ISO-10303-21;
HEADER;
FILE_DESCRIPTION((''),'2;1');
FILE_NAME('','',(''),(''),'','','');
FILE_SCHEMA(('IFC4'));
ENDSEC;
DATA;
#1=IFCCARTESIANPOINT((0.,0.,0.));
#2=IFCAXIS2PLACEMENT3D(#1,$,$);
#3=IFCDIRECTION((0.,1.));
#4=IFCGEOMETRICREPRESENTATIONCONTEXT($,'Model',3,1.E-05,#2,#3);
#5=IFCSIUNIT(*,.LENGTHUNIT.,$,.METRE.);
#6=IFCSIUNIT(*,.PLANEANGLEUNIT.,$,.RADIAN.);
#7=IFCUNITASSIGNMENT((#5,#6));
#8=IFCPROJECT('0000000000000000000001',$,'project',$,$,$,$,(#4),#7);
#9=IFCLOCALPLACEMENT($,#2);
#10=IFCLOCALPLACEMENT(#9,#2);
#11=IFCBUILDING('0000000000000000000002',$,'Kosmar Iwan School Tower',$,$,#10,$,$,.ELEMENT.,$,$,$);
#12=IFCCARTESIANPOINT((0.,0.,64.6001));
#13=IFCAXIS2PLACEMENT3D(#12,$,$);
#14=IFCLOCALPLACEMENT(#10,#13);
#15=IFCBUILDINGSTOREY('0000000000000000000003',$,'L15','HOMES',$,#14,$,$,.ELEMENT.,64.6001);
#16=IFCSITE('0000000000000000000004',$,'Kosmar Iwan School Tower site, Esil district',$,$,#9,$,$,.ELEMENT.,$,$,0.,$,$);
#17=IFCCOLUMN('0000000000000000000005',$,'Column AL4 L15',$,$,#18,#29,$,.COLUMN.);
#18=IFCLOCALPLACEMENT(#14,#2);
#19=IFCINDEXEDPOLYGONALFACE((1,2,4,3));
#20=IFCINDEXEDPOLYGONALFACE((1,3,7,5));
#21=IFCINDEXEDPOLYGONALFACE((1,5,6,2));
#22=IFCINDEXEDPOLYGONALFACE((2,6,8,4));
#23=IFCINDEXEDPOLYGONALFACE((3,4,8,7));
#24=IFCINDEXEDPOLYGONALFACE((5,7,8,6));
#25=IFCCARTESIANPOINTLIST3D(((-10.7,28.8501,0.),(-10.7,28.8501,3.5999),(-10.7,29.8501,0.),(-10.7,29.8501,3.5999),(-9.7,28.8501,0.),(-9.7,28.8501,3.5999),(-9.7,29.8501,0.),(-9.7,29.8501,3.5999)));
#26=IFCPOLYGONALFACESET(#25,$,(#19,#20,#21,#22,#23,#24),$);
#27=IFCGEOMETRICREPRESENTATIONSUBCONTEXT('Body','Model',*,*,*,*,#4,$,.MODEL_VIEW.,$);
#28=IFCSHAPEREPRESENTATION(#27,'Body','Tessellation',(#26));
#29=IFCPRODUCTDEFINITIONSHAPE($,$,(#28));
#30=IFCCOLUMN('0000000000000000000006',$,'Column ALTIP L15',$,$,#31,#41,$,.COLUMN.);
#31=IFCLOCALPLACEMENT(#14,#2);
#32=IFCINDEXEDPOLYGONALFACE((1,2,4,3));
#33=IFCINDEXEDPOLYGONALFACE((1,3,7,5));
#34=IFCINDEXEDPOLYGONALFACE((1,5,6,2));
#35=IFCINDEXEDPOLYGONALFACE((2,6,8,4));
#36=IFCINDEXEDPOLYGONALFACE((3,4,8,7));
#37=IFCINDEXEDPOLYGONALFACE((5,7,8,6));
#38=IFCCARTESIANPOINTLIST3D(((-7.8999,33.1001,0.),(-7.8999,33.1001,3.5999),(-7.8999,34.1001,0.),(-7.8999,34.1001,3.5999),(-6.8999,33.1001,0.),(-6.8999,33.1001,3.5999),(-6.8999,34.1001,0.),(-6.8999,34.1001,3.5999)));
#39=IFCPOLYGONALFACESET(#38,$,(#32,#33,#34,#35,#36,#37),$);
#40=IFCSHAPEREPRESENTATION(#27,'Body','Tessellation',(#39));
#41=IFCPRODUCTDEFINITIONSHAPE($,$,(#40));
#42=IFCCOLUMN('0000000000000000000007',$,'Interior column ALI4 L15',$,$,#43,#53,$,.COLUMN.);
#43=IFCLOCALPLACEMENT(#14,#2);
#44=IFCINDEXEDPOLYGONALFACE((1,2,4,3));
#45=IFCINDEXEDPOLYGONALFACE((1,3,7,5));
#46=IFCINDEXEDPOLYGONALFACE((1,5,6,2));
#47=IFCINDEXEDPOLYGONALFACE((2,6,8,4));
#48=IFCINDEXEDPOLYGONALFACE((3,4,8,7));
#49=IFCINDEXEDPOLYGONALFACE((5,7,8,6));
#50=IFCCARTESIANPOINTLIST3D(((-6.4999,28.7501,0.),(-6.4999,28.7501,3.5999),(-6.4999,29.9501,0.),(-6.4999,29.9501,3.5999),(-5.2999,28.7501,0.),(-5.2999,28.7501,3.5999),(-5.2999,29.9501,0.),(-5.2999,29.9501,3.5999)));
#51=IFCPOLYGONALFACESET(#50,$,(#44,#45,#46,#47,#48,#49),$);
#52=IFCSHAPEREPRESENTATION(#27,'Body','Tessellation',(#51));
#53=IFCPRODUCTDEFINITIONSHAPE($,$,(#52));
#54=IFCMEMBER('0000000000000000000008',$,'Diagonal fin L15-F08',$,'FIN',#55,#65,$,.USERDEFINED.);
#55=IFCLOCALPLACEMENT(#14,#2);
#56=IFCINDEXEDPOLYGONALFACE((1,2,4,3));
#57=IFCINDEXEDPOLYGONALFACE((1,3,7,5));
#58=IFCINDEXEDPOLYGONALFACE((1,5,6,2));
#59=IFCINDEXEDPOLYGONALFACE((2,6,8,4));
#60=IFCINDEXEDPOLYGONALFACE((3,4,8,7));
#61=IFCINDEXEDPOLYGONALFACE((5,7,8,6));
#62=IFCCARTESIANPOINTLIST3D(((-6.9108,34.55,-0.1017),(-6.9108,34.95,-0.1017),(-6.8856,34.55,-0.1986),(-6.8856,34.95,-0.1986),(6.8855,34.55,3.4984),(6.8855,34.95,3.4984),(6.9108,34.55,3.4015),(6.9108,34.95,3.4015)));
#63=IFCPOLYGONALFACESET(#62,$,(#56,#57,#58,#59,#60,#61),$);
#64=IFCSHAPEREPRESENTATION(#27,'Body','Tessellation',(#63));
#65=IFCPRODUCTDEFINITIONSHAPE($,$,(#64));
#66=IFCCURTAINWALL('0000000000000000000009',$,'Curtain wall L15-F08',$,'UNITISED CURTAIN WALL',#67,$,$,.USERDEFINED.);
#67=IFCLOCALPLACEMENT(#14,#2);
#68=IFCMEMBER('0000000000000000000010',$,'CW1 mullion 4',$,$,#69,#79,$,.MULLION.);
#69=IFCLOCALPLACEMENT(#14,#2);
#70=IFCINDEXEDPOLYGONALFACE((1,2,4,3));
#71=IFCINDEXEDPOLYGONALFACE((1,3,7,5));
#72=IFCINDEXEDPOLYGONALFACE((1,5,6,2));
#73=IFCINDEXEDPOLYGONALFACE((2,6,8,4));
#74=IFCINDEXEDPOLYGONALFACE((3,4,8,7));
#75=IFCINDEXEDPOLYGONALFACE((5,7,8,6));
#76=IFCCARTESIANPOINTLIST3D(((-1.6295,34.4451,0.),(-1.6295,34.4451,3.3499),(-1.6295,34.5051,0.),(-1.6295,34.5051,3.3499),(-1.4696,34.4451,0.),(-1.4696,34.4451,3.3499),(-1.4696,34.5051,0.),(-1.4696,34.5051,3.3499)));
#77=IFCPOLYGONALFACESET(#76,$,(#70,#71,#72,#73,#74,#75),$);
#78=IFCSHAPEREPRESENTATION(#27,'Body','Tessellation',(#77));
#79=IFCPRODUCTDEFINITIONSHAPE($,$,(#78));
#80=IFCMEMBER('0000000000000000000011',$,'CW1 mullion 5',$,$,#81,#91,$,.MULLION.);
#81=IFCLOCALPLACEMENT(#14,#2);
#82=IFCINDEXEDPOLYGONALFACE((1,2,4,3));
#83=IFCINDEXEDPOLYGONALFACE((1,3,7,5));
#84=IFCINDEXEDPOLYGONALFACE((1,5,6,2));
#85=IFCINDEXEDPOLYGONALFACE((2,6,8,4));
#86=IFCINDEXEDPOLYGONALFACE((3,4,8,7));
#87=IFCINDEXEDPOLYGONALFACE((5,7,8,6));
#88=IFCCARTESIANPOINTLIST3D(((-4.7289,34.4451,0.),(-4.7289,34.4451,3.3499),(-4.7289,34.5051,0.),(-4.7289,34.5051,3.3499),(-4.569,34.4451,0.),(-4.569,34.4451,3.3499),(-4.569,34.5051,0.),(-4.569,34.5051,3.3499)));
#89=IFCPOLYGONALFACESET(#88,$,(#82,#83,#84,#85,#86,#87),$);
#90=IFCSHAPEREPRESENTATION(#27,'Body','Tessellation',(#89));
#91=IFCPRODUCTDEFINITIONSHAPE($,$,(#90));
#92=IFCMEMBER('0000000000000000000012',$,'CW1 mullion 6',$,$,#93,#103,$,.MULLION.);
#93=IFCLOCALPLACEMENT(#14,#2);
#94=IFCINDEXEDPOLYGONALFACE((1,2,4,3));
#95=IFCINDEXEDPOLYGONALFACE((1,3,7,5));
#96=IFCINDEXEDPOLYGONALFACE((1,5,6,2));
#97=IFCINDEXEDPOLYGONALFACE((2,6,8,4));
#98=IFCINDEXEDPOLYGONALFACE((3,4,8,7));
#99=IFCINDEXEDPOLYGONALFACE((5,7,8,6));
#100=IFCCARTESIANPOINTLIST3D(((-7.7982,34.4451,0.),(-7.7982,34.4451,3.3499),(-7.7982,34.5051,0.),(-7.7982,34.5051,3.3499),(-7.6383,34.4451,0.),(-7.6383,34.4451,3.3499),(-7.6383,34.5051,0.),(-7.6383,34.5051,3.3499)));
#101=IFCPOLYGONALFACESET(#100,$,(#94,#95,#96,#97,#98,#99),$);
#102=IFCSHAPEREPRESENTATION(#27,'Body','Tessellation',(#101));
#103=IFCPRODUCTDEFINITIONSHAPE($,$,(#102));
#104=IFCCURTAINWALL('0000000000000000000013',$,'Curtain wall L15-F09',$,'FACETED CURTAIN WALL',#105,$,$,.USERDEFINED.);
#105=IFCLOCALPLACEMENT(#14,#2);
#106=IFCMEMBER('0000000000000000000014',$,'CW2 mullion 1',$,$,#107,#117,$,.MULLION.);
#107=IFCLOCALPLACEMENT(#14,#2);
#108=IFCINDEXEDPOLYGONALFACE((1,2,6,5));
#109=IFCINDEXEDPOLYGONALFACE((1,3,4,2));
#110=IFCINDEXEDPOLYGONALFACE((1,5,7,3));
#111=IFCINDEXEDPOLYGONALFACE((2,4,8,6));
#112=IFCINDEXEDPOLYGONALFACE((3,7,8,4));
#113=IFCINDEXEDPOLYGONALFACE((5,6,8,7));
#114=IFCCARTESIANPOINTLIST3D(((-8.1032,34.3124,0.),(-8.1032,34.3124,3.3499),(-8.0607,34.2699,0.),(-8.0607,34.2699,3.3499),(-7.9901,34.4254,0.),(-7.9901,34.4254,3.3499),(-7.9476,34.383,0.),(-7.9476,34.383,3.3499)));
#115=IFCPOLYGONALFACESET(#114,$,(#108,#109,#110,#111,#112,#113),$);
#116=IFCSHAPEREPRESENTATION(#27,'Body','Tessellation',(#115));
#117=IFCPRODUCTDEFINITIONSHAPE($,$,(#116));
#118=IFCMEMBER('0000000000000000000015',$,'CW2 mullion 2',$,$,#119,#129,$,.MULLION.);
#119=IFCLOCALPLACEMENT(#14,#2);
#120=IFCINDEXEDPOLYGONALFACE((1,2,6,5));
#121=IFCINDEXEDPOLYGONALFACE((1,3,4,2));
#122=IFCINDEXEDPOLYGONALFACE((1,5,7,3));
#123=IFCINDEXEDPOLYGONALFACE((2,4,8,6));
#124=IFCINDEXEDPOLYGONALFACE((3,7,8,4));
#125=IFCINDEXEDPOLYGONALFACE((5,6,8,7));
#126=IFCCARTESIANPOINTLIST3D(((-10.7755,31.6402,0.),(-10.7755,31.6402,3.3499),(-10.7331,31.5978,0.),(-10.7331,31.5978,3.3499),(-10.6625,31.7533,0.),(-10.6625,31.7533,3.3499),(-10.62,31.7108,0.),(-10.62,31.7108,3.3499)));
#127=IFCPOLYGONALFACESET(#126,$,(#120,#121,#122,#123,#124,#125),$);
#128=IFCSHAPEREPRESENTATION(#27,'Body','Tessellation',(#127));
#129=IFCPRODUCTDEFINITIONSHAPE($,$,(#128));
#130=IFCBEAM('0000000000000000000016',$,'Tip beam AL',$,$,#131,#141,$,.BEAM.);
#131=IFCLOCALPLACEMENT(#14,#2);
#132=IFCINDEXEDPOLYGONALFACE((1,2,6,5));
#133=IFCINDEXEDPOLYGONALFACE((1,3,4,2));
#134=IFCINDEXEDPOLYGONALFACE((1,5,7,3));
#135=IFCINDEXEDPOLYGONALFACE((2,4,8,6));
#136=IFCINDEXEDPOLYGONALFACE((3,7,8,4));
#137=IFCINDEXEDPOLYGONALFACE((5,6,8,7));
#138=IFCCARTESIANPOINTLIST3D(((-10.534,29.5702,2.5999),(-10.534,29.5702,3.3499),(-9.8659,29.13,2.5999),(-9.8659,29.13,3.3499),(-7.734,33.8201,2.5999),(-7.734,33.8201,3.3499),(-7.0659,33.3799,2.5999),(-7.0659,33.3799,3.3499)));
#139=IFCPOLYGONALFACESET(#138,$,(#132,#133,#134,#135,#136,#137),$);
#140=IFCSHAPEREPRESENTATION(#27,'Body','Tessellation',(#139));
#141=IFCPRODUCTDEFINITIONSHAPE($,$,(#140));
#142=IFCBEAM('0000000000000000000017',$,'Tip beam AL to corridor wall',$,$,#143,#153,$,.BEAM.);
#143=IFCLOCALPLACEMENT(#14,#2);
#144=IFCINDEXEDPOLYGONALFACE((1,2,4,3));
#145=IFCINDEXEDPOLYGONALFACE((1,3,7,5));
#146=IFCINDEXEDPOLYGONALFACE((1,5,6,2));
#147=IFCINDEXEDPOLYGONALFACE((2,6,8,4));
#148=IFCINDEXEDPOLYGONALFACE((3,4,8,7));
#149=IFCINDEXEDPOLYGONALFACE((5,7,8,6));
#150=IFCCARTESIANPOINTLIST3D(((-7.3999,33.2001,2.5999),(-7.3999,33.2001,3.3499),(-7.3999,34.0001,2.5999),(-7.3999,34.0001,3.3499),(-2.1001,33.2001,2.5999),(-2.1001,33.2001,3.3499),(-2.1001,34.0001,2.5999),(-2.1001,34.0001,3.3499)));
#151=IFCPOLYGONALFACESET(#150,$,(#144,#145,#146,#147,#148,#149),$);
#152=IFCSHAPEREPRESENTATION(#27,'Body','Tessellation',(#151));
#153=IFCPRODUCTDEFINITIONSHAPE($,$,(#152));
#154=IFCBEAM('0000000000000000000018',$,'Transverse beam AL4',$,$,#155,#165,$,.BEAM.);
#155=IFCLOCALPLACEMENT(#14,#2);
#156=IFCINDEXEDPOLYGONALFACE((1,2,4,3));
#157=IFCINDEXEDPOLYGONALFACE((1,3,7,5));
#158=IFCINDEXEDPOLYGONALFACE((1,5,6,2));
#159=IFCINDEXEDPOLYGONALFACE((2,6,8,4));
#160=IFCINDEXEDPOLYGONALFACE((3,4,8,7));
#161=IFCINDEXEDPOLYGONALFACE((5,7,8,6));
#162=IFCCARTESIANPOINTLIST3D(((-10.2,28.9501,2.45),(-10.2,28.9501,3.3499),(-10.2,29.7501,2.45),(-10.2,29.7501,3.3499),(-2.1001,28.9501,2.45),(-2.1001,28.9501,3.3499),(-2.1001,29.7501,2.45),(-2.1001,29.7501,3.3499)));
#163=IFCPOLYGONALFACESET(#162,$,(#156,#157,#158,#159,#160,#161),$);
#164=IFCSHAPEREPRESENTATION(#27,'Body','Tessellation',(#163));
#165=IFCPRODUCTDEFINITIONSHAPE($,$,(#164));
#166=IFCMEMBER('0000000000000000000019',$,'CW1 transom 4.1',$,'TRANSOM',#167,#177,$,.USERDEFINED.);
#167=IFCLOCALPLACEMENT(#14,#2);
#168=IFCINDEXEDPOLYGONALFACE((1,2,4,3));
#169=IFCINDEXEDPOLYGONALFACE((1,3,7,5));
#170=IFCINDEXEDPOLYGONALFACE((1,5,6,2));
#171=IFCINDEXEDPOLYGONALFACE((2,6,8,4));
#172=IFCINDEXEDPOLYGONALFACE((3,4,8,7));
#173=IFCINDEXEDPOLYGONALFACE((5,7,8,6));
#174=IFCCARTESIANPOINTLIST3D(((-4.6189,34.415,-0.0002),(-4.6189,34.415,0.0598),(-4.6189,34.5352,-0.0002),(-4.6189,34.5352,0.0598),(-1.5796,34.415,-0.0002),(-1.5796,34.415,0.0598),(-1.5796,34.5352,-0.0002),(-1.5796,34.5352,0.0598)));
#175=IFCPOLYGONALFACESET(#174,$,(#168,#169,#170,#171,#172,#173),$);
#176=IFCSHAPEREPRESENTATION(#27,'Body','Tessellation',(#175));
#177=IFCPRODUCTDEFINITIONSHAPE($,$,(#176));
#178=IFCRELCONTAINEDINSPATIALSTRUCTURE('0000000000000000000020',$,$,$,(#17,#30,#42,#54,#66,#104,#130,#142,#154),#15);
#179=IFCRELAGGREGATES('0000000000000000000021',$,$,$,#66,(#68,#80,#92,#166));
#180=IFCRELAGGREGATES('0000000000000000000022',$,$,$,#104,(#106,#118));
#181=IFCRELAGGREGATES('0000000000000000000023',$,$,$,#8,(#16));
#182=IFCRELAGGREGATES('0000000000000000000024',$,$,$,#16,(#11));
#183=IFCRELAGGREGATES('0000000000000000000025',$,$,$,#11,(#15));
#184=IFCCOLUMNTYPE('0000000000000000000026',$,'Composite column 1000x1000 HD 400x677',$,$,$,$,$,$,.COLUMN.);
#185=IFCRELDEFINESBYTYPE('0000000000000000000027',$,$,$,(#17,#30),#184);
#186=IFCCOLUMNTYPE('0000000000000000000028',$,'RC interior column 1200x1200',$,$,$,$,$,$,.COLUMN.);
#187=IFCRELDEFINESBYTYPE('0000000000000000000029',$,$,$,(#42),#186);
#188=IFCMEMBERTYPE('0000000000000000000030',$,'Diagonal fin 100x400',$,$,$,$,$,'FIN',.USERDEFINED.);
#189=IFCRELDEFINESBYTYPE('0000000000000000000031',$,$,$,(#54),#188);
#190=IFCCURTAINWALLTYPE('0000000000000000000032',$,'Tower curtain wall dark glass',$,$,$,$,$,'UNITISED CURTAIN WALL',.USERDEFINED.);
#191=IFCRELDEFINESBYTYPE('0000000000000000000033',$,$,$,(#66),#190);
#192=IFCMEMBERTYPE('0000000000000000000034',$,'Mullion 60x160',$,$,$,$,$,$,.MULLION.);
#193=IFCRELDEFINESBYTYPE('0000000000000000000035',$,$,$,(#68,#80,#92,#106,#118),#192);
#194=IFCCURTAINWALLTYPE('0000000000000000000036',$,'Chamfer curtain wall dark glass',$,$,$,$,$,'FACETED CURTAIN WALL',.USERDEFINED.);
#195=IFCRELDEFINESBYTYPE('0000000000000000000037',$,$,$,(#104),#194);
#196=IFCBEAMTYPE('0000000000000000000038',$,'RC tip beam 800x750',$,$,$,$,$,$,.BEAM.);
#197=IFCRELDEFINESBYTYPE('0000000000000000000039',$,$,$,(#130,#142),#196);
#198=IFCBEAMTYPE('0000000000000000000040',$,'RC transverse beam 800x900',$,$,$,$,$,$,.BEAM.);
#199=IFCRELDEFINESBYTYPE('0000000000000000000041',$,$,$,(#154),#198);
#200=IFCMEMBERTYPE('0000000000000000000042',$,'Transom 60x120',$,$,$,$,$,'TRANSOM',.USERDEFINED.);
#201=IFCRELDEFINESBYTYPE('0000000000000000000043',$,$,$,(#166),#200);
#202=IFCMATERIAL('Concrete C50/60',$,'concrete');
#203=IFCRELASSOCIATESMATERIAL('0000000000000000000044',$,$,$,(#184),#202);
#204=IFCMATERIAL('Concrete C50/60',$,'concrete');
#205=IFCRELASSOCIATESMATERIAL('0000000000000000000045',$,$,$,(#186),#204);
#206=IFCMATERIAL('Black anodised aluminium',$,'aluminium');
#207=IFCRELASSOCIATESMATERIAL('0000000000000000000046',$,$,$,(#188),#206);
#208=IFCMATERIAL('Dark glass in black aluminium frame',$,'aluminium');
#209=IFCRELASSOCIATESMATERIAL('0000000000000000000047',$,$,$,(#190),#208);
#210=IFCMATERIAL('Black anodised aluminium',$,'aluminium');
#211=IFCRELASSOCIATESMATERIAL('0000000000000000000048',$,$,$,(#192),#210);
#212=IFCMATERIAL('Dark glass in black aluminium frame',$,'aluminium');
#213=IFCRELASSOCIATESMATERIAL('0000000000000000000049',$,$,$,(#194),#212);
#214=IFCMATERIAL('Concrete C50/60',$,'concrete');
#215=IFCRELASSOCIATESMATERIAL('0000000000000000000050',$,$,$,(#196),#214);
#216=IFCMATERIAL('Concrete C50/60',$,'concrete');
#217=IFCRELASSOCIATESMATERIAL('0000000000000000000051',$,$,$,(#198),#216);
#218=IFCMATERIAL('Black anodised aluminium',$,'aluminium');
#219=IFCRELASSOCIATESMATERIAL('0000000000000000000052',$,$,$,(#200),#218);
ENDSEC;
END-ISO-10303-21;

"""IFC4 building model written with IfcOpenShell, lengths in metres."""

from ifc_helpers import new_model, si_unit, direction, frame, origin, origin_2d, place, context, subcontext, project, spatial, rectangle, extrude, material, material_profile, profile_set, type_object, element, aggregate, save


model = new_model("IFC4")

# Units and contexts
model_context = context("Model", 3, precision=1e-05, world=origin(), true_north=direction((0.0, 1.0)))
body_context = subcontext(model_context, "Body", "Model", "MODEL_VIEW")
ifc_project = project(units=[si_unit("LENGTHUNIT", "METRE"), si_unit("PLANEANGLEUNIT", "RADIAN")], contexts=[model_context])

# Site, building, storey
site_placement = place(None, origin())
site = spatial("IfcSite", under=ifc_project, at=site_placement, Name="Kosmar Iwan School Tower site, Esil district", CompositionType="ELEMENT", RefElevation=0.0)
building_placement = place(site_placement, origin())
building = spatial("IfcBuilding", under=site, at=building_placement, Name="Kosmar Iwan School Tower", CompositionType="ELEMENT")
storey_placement = place(building_placement, frame((0.0, 0.0, 64.6001)))
storey = spatial("IfcBuildingStorey", under=building, at=storey_placement, Name="L15", Description="HOMES", CompositionType="ELEMENT", Elevation=64.6001)

# Columns
ifc_material_1 = material(Name="Concrete C50/60", Category="concrete")
ifc_material_profile_1 = material_profile(ifc_material_1, rectangle(XDim=1.0, YDim=1.0, at=origin_2d()), Name="RC 1000x1000 + HD 400x677")
ifc_profile_set_1 = profile_set([ifc_material_profile_1], Name="Concrete C50/60")
column_type_1 = type_object("IfcColumnType", Name="Composite column 1000x1000 HD 400x677", PredefinedType="COLUMN", material=ifc_profile_set_1)
for number, where, z_axis, x_axis, name in (
    (1, (-10.2, 29.3501, 0.0), (0.0, 0.0, 1.0), (0.0, 1.0, 0.0), "Column AL4 L15"),
    (2, (-7.3999, 33.6001, 0.0), (0.0, 0.0, 1.0), (0.0, 1.0, 0.0), "Column ALTIP L15"),
):
    element("IfcColumn", number, at=place(storey_placement, frame(where, z_axis=z_axis, x_axis=x_axis)), inside=storey, type_object=column_type_1, Name=name, PredefinedType="COLUMN", context=body_context, shape_type="SweptSolid", body=[
        extrude(rectangle(XDim=1.0, YDim=1.0, at=origin_2d()), origin(), (0.0, 0.0, 1.0), 3.5999),
    ])
ifc_material_2 = material(Name="Concrete C50/60", Category="concrete")
ifc_material_profile_2 = material_profile(ifc_material_2, rectangle(XDim=1.2, YDim=1.2, at=origin_2d()), Name="RC 1200x1200")
ifc_profile_set_2 = profile_set([ifc_material_profile_2], Name="Concrete C50/60")
column_type_2 = type_object("IfcColumnType", Name="RC interior column 1200x1200", PredefinedType="COLUMN", material=ifc_profile_set_2)
column_placement = place(storey_placement, frame((-5.8999, 29.3501, 0.0), z_axis=(0.0, 0.0, 1.0), x_axis=(0.0, 1.0, 0.0)))
element("IfcColumn", 3, at=column_placement, inside=storey, type_object=column_type_2, Name="Interior column ALI4 L15", PredefinedType="COLUMN", context=body_context, shape_type="SweptSolid", body=[
    extrude(rectangle(XDim=1.2, YDim=1.2, at=origin_2d()), origin(), (0.0, 0.0, 1.0), 3.5999),
])

# Member
ifc_material_3 = material(Name="Black anodised aluminium", Category="aluminium")
ifc_material_profile_3 = material_profile(ifc_material_3, rectangle(XDim=0.1001, YDim=0.3999, at=origin_2d()), Name="FIN 100x400")
ifc_profile_set_3 = profile_set([ifc_material_profile_3], Name="Black anodised aluminium")
member_type_1 = type_object("IfcMemberType", Name="Diagonal fin 100x400", ElementType="FIN", PredefinedType="USERDEFINED", material=ifc_profile_set_3)
member_1_placement = place(storey_placement, frame((-6.8982, 34.75, -0.1501), z_axis=(0.967599, 0.0, 0.25249), x_axis=(-0.25249, 0.0, 0.967599)))
element("IfcMember", 4, at=member_1_placement, inside=storey, type_object=member_type_1, Name="Diagonal fin L15-F08", ObjectType="FIN", PredefinedType="USERDEFINED", context=body_context, shape_type="SweptSolid", body=[
    extrude(rectangle(XDim=0.1001, YDim=0.3999, at=origin_2d()), origin(), (0.0, 0.0, 1.0), 14.2583),
])

# Curtain walls, members
ifc_material_4 = material(Name="Dark glass in black aluminium frame", Category="aluminium")
curtain_wall_type_1 = type_object("IfcCurtainWallType", Name="Tower curtain wall dark glass", ElementType="UNITISED CURTAIN WALL", PredefinedType="USERDEFINED", material=ifc_material_4)
curtain_wall_1_placement = place(storey_placement, origin())
curtain_wall_1 = element("IfcCurtainWall", 5, at=curtain_wall_1_placement, inside=storey, type_object=curtain_wall_type_1, Name="Curtain wall L15-F08", ObjectType="UNITISED CURTAIN WALL", PredefinedType="USERDEFINED")
ifc_material_5 = material(Name="Black anodised aluminium", Category="aluminium")
ifc_material_profile_4 = material_profile(ifc_material_5, rectangle(XDim=0.0601, YDim=0.1599, at=origin_2d()), Name="MULLION 60x160")
ifc_profile_set_4 = profile_set([ifc_material_profile_4], Name="Black anodised aluminium")
member_type_2 = type_object("IfcMemberType", Name="Mullion 60x160", PredefinedType="MULLION", material=ifc_profile_set_4)
member_2_placement = place(storey_placement, frame((-1.5496, 34.4751, 0.0), z_axis=(0.0, 0.0, 1.0), x_axis=(0.0, -1.0, 0.0)))
member_2 = element("IfcMember", 6, at=member_2_placement, type_object=member_type_2, Name="CW1 mullion 4", PredefinedType="MULLION", context=body_context, shape_type="SweptSolid", body=[
    extrude(rectangle(XDim=0.0601, YDim=0.1599, at=origin_2d()), origin(), (0.0, 0.0, 1.0), 3.3499),
])
member_3_placement = place(storey_placement, frame((-4.6489, 34.4751, 0.0), z_axis=(0.0, 0.0, 1.0), x_axis=(0.0, -1.0, 0.0)))
member_3 = element("IfcMember", 7, at=member_3_placement, type_object=member_type_2, Name="CW1 mullion 5", PredefinedType="MULLION", context=body_context, shape_type="SweptSolid", body=[
    extrude(rectangle(XDim=0.0601, YDim=0.1599, at=origin_2d()), origin(), (0.0, 0.0, 1.0), 3.3499),
])
member_4_placement = place(storey_placement, frame((-7.7183, 34.4751, 0.0), z_axis=(0.0, 0.0, 1.0), x_axis=(0.0, -1.0, 0.0)))
member_4 = element("IfcMember", 8, at=member_4_placement, type_object=member_type_2, Name="CW1 mullion 6", PredefinedType="MULLION", context=body_context, shape_type="SweptSolid", body=[
    extrude(rectangle(XDim=0.0601, YDim=0.1599, at=origin_2d()), origin(), (0.0, 0.0, 1.0), 3.3499),
])
ifc_material_6 = material(Name="Dark glass in black aluminium frame", Category="aluminium")
curtain_wall_type_2 = type_object("IfcCurtainWallType", Name="Chamfer curtain wall dark glass", ElementType="FACETED CURTAIN WALL", PredefinedType="USERDEFINED", material=ifc_material_6)
curtain_wall_2_placement = place(storey_placement, origin())
curtain_wall_2 = element("IfcCurtainWall", 9, at=curtain_wall_2_placement, inside=storey, type_object=curtain_wall_type_2, Name="Curtain wall L15-F09", ObjectType="FACETED CURTAIN WALL", PredefinedType="USERDEFINED")
member_5_placement = place(storey_placement, frame((-8.0254, 34.3477, 0.0), z_axis=(0.0, 0.0, 1.0), x_axis=(0.707107, -0.707107, 0.0)))
member_5 = element("IfcMember", 10, at=member_5_placement, type_object=member_type_2, Name="CW2 mullion 1", PredefinedType="MULLION", context=body_context, shape_type="SweptSolid", body=[
    extrude(rectangle(XDim=0.0601, YDim=0.1599, at=origin_2d()), origin(), (0.0, 0.0, 1.0), 3.3499),
])
member_6_placement = place(storey_placement, frame((-10.6978, 31.6755, 0.0), z_axis=(0.0, 0.0, 1.0), x_axis=(0.707107, -0.707107, 0.0)))
member_6 = element("IfcMember", 11, at=member_6_placement, type_object=member_type_2, Name="CW2 mullion 2", PredefinedType="MULLION", context=body_context, shape_type="SweptSolid", body=[
    extrude(rectangle(XDim=0.0601, YDim=0.1599, at=origin_2d()), origin(), (0.0, 0.0, 1.0), 3.3499),
])

# Beams
ifc_material_7 = material(Name="Concrete C50/60", Category="concrete")
ifc_material_profile_5 = material_profile(ifc_material_7, rectangle(XDim=0.8, YDim=0.75, at=origin_2d()), Name="RC 800x750")
ifc_profile_set_5 = profile_set([ifc_material_profile_5], Name="Concrete C50/60")
beam_type_1 = type_object("IfcBeamType", Name="RC tip beam 800x750", PredefinedType="BEAM", material=ifc_profile_set_5)
beam_1_placement = place(storey_placement, frame((-10.2, 29.3501, 2.9749), z_axis=(0.550164, 0.835056, 0.0), x_axis=(-0.835056, 0.550164, 0.0)))
element("IfcBeam", 12, at=beam_1_placement, inside=storey, type_object=beam_type_1, Name="Tip beam AL", PredefinedType="BEAM", context=body_context, shape_type="SweptSolid", body=[
    extrude(rectangle(XDim=0.8, YDim=0.75, at=origin_2d()), origin(), (0.0, 0.0, 1.0), 5.0894),
])
beam_2_placement = place(storey_placement, frame((-7.3999, 33.6001, 2.9749), z_axis=(1.0, 0.0, 0.0), x_axis=(0.0, 1.0, 0.0)))
element("IfcBeam", 13, at=beam_2_placement, inside=storey, type_object=beam_type_1, Name="Tip beam AL to corridor wall", PredefinedType="BEAM", context=body_context, shape_type="SweptSolid", body=[
    extrude(rectangle(XDim=0.8, YDim=0.75, at=origin_2d()), origin(), (0.0, 0.0, 1.0), 5.2998),
])
ifc_material_8 = material(Name="Concrete C50/60", Category="concrete")
ifc_material_profile_6 = material_profile(ifc_material_8, rectangle(XDim=0.8, YDim=0.8999, at=origin_2d()), Name="RC 800x900")
ifc_profile_set_6 = profile_set([ifc_material_profile_6], Name="Concrete C50/60")
beam_type_2 = type_object("IfcBeamType", Name="RC transverse beam 800x900", PredefinedType="BEAM", material=ifc_profile_set_6)
beam_3_placement = place(storey_placement, frame((-10.2, 29.3501, 2.8999), z_axis=(1.0, 0.0, 0.0), x_axis=(0.0, 1.0, 0.0)))
element("IfcBeam", 14, at=beam_3_placement, inside=storey, type_object=beam_type_2, Name="Transverse beam AL4", PredefinedType="BEAM", context=body_context, shape_type="SweptSolid", body=[
    extrude(rectangle(XDim=0.8, YDim=0.8999, at=origin_2d()), origin(), (0.0, 0.0, 1.0), 8.0999),
])

# Member
ifc_material_9 = material(Name="Black anodised aluminium", Category="aluminium")
ifc_material_profile_7 = material_profile(ifc_material_9, rectangle(XDim=0.1201, YDim=0.0601, at=origin_2d()), Name="TRANSOM 60x120")
ifc_profile_set_7 = profile_set([ifc_material_profile_7], Name="Black anodised aluminium")
member_type_3 = type_object("IfcMemberType", Name="Transom 60x120", ElementType="TRANSOM", PredefinedType="USERDEFINED", material=ifc_profile_set_7)
member_7_placement = place(storey_placement, frame((-1.5796, 34.4751, 0.0298), z_axis=(-1.0, 0.0, 0.0), x_axis=(0.0, -1.0, 0.0)))
member_7 = element("IfcMember", 15, at=member_7_placement, type_object=member_type_3, Name="CW1 transom 4.1", ObjectType="TRANSOM", PredefinedType="USERDEFINED", context=body_context, shape_type="SweptSolid", body=[
    extrude(rectangle(XDim=0.1201, YDim=0.0601, at=origin_2d()), origin(), (0.0, 0.0, 1.0), 3.0393),
])

aggregate(curtain_wall_1, [member_2, member_3, member_4, member_7])
aggregate(curtain_wall_2, [member_5, member_6])

save(model, "model.ifc")
